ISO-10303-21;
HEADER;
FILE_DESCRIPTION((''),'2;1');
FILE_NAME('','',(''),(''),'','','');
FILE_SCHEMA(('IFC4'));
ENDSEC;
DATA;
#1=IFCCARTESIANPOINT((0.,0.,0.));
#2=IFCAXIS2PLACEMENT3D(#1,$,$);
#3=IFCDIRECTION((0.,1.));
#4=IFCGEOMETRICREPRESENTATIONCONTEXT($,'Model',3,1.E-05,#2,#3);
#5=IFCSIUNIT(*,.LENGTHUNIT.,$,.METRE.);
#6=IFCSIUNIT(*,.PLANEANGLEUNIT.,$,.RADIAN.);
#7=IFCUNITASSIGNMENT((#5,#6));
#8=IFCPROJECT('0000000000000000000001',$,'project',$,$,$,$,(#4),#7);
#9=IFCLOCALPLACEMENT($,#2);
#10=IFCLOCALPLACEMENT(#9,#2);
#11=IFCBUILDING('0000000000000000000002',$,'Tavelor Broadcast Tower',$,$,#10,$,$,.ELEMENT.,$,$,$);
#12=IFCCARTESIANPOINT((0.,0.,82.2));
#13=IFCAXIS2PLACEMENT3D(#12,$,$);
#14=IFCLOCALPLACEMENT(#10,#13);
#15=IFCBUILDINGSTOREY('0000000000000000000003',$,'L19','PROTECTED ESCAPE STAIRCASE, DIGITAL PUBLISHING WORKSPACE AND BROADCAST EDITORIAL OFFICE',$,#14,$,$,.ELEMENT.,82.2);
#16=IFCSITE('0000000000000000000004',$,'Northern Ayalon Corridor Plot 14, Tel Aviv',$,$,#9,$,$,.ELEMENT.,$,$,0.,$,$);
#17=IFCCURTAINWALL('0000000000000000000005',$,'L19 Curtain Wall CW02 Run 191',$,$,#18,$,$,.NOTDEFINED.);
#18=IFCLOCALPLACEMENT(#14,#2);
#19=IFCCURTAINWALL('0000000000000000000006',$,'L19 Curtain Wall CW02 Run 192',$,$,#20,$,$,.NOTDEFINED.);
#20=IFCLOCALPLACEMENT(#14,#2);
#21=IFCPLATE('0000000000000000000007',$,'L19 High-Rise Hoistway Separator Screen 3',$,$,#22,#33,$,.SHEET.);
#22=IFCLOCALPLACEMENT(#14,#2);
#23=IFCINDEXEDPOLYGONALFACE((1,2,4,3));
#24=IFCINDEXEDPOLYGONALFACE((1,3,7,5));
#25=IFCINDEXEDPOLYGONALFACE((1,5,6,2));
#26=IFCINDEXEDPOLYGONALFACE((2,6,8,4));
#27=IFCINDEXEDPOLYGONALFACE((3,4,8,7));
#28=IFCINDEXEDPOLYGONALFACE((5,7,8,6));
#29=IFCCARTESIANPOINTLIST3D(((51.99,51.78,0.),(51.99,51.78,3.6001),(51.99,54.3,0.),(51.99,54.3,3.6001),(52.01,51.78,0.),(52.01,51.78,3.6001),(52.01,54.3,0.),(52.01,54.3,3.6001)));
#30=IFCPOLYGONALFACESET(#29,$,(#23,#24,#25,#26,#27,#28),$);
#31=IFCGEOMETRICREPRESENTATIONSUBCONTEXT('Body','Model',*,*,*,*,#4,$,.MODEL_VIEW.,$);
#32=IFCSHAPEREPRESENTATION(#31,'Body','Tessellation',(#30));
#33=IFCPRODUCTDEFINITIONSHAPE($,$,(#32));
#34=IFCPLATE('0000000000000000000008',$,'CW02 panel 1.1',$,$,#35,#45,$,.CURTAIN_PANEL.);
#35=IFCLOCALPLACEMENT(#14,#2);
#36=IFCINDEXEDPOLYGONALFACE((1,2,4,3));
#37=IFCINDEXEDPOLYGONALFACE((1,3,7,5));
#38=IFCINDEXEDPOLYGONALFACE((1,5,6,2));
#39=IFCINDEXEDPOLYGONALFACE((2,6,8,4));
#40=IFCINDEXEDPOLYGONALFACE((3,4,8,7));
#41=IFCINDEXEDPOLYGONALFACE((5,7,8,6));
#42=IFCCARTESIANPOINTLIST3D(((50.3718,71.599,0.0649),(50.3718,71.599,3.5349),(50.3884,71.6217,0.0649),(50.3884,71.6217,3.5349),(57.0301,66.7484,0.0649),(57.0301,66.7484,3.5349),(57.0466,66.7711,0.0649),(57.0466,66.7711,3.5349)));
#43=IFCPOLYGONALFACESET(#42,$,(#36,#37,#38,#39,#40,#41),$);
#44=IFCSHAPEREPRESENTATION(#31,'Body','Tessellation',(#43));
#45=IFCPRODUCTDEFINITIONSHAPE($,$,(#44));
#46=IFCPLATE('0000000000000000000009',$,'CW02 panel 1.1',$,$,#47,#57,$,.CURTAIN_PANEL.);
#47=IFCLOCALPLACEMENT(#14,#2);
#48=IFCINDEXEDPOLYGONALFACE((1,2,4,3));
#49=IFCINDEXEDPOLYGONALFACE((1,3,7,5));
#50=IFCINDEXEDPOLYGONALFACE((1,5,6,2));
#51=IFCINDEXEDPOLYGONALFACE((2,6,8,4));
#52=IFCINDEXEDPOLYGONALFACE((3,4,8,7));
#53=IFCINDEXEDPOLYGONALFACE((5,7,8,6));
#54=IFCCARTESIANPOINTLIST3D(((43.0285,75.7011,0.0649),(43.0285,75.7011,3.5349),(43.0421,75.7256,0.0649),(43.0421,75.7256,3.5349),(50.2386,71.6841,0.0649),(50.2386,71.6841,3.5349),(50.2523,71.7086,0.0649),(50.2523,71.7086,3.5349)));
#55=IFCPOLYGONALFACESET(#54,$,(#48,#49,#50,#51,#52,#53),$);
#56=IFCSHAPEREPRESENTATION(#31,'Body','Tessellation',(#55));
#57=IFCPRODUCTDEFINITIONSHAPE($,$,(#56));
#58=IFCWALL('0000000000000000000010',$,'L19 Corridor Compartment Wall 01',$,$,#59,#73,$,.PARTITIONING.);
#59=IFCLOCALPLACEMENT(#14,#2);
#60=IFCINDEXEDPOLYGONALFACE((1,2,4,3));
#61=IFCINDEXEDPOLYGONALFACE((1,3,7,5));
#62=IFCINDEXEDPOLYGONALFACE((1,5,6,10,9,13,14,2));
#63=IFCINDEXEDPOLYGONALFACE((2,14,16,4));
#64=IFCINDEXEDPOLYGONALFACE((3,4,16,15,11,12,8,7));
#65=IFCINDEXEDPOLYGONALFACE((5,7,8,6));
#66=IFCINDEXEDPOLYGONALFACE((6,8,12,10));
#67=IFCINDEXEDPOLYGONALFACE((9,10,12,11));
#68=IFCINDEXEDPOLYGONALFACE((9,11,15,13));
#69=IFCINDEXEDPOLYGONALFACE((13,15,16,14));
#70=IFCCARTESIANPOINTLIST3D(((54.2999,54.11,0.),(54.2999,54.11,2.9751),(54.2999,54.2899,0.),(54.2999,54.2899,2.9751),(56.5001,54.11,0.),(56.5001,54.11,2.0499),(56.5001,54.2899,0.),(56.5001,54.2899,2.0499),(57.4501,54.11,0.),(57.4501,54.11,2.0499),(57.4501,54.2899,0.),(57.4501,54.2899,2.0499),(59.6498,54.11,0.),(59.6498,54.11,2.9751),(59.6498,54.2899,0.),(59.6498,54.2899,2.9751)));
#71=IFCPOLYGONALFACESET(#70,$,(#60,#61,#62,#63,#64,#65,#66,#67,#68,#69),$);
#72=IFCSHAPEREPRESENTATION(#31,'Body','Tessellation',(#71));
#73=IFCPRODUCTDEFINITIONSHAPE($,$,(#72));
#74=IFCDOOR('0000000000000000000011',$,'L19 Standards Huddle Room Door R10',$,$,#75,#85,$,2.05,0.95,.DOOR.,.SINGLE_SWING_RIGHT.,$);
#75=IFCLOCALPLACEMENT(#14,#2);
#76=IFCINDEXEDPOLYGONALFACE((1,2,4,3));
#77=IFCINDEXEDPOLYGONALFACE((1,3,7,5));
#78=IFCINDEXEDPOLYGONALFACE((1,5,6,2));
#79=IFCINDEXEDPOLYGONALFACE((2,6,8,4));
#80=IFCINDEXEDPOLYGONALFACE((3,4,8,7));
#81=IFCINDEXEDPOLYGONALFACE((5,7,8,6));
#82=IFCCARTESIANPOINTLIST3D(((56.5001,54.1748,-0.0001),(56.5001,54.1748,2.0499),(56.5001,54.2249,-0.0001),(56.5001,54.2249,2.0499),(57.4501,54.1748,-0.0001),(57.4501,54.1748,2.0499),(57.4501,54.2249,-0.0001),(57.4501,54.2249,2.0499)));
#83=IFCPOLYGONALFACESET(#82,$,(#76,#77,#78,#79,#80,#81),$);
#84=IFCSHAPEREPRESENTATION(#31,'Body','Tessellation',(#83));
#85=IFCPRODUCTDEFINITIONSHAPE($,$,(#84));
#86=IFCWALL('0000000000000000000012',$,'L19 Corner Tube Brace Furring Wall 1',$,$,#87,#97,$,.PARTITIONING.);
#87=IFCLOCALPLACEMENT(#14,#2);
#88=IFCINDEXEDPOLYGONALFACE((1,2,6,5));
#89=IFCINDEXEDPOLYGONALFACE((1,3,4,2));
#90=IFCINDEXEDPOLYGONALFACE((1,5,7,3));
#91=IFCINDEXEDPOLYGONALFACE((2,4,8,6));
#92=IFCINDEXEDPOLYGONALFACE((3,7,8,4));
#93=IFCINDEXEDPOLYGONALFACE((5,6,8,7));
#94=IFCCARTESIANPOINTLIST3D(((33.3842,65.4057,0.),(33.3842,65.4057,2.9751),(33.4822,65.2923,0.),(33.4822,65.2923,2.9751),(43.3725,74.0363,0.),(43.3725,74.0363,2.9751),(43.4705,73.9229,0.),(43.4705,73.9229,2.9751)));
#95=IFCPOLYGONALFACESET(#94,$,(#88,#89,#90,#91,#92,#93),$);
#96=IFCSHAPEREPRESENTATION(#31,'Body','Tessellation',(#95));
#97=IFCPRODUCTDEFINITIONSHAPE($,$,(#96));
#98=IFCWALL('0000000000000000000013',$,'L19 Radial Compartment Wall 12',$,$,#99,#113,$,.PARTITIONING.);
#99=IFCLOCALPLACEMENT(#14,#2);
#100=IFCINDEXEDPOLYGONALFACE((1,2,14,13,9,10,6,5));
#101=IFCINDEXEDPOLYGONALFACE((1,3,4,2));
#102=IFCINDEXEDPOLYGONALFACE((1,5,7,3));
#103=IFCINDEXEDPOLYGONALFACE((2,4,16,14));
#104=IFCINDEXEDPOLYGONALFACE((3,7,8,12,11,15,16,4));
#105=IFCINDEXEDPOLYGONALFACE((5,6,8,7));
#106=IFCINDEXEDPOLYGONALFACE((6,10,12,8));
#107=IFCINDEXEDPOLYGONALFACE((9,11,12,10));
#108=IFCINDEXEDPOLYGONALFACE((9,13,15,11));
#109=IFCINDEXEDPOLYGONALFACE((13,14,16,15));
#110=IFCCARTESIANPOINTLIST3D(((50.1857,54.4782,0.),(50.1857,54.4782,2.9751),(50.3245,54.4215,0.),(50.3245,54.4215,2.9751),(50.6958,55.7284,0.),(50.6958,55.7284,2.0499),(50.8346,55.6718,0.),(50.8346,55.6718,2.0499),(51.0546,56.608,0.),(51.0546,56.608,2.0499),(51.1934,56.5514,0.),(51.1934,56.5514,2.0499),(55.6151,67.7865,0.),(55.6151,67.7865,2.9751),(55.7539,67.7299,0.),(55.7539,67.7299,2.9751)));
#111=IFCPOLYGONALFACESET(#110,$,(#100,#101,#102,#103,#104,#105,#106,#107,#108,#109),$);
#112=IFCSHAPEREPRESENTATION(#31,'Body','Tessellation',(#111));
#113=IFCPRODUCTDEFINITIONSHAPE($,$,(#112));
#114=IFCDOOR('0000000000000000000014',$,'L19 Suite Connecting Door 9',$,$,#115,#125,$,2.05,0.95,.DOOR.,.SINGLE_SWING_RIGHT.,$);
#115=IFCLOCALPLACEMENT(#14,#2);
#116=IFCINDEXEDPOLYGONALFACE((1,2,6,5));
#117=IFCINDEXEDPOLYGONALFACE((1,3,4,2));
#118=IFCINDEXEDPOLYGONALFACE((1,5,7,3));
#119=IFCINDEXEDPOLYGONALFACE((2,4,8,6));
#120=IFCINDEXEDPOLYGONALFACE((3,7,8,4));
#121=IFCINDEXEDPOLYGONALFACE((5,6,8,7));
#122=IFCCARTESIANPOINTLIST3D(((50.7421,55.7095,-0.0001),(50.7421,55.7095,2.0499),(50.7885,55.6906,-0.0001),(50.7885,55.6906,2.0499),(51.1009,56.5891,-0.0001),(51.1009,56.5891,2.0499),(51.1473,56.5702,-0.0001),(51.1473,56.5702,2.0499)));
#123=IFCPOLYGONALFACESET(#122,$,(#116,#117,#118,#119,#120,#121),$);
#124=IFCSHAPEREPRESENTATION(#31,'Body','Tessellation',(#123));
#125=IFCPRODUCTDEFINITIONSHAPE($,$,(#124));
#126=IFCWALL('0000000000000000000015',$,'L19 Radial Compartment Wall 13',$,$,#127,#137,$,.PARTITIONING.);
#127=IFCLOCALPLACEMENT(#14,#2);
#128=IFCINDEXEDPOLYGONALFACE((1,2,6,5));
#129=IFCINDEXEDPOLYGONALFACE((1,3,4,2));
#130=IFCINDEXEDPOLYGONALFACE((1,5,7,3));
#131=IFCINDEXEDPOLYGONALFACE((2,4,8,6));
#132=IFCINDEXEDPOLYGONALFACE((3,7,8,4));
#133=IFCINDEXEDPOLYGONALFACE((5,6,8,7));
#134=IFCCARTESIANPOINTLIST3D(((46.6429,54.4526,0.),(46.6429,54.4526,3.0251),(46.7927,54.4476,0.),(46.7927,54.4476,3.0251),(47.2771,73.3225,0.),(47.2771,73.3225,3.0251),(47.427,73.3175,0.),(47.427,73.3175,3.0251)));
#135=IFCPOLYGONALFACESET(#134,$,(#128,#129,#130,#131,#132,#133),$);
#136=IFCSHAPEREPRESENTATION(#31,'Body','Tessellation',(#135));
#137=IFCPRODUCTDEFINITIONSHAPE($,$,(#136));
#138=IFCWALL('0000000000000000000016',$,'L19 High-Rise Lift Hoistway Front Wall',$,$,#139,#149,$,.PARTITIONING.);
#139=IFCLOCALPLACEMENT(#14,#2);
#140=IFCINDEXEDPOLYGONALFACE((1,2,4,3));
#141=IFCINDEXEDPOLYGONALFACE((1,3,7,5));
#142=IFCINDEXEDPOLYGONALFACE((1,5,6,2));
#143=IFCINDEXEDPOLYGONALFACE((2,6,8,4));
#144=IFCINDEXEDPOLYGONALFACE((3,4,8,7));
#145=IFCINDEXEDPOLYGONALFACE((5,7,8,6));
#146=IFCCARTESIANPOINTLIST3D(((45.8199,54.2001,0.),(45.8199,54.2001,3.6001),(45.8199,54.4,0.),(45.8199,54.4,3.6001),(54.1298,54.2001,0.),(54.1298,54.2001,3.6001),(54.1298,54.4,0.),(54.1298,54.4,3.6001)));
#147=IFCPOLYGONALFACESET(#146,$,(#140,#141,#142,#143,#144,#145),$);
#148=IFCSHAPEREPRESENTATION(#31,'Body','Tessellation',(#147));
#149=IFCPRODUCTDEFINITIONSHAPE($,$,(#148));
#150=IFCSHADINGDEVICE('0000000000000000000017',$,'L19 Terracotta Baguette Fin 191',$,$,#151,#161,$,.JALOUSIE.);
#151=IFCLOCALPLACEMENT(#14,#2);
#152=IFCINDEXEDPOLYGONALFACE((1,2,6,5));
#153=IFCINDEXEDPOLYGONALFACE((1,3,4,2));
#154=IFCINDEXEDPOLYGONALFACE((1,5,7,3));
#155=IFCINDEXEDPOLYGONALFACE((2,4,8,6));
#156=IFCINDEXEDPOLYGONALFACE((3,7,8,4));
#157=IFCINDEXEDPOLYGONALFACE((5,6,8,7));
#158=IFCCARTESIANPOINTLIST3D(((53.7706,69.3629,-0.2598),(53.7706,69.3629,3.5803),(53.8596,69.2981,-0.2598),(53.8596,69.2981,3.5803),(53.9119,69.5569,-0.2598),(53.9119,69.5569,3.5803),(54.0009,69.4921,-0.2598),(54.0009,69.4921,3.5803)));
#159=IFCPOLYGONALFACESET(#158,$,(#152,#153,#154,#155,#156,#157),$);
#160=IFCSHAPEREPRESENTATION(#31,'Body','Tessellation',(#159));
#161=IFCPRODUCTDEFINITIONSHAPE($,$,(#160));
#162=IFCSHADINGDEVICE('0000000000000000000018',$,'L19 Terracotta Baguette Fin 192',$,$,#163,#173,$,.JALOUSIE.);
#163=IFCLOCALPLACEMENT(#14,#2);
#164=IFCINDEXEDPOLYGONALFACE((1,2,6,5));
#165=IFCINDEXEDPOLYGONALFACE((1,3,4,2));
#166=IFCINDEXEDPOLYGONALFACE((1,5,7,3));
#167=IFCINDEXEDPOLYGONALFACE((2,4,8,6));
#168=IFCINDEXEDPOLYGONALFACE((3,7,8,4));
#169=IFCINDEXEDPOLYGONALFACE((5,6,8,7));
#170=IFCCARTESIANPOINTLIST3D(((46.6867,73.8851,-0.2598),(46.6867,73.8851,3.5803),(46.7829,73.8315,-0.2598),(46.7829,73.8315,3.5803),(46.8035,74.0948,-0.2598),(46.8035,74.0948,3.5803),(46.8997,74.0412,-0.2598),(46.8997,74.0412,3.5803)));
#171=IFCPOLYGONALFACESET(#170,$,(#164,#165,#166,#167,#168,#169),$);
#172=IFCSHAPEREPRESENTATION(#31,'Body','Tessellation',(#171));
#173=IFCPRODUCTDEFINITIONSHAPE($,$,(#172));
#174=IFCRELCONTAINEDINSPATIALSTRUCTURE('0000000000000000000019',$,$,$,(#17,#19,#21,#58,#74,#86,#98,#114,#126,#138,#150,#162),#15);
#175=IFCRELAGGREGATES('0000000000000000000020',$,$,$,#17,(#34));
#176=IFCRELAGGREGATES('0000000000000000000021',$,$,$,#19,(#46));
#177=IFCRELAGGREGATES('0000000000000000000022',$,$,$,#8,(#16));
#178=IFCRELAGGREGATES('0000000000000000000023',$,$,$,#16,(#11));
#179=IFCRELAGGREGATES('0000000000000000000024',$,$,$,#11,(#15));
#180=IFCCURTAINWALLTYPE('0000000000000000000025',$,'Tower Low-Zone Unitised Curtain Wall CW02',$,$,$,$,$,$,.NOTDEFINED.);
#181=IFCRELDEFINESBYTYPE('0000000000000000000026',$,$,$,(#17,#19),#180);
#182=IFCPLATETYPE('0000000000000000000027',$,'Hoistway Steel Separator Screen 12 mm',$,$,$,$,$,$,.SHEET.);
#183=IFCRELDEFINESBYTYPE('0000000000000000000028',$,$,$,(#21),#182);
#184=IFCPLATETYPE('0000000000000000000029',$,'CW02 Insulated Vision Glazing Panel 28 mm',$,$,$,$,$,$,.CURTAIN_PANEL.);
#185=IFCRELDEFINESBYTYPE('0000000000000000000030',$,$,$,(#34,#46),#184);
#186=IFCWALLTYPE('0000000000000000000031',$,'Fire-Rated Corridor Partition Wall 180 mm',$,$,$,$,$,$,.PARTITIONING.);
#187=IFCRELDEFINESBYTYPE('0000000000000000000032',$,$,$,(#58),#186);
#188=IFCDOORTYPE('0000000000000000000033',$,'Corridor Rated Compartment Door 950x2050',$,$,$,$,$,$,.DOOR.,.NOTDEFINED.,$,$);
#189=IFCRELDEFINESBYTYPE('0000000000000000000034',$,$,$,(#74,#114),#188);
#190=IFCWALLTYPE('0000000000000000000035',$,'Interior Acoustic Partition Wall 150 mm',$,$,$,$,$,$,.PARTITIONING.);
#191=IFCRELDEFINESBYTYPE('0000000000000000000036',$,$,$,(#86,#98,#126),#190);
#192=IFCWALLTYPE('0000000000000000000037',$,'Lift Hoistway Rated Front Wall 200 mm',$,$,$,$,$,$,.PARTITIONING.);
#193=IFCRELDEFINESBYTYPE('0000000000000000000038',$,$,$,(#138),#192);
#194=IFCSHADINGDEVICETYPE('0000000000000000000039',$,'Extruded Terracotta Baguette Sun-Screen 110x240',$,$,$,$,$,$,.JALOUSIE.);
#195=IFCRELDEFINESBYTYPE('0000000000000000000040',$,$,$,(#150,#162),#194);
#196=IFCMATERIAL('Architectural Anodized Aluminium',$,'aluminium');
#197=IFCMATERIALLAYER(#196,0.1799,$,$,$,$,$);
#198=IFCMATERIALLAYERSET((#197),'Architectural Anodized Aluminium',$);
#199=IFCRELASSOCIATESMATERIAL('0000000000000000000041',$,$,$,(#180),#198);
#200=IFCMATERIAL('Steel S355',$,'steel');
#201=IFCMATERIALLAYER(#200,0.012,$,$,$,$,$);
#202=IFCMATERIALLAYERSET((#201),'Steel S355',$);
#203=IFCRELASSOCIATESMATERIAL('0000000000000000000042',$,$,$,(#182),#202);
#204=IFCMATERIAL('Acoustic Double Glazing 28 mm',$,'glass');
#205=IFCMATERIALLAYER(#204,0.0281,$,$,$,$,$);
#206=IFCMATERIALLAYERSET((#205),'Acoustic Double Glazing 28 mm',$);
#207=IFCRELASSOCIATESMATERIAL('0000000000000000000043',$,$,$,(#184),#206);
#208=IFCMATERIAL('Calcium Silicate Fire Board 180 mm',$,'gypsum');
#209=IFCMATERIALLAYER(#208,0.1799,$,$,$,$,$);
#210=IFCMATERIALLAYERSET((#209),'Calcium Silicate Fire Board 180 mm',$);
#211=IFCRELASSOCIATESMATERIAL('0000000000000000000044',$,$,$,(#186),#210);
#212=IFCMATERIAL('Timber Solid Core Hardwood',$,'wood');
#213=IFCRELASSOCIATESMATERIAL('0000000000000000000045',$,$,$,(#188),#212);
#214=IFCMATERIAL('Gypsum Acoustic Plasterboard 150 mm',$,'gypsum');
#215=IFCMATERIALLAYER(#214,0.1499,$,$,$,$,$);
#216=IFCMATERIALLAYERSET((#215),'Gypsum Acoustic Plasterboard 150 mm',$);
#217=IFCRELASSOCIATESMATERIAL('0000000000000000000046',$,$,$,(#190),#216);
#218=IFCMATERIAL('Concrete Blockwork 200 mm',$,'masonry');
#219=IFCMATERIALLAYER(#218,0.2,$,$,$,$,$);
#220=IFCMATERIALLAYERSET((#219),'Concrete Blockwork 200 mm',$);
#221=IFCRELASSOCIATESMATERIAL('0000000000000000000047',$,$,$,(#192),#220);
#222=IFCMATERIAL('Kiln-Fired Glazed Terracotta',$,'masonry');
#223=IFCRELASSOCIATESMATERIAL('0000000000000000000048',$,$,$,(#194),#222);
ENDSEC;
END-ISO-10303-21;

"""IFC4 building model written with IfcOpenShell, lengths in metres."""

from ifc_helpers import new_model, si_unit, direction, frame, frame_2d, origin, origin_2d, place, context, subcontext, project, spatial, rectangle, extrude, source, transform, mapped, material, layer, layer_set, type_object, type_shapes, element, fill, aggregate, save


model = new_model("IFC4")

# Units and contexts
model_context = context("Model", 3, precision=1e-05, world=origin(), true_north=direction((0.0, 1.0)))
body_context = subcontext(model_context, "Body", "Model", "MODEL_VIEW")
ifc_project = project(units=[si_unit("LENGTHUNIT", "METRE"), si_unit("PLANEANGLEUNIT", "RADIAN")], contexts=[model_context])

# Site, building, storey
site_placement = place(None, origin())
site = spatial("IfcSite", under=ifc_project, at=site_placement, Name="Northern Ayalon Corridor Plot 14, Tel Aviv", CompositionType="ELEMENT", RefElevation=0.0)
building_placement = place(site_placement, origin())
building = spatial("IfcBuilding", under=site, at=building_placement, Name="Tavelor Broadcast Tower", CompositionType="ELEMENT")
storey_placement = place(building_placement, frame((0.0, 0.0, 82.2)))
storey = spatial("IfcBuildingStorey", under=building, at=storey_placement, Name="L19", Description="PROTECTED ESCAPE STAIRCASE, DIGITAL PUBLISHING WORKSPACE AND BROADCAST EDITORIAL OFFICE", CompositionType="ELEMENT", Elevation=82.2)

# Shared definitions
ifc_material_1 = material(Name="Steel S355", Category="steel")

# Curtain wall
ifc_material_2 = material(Name="Architectural Anodized Aluminium", Category="aluminium")
ifc_layer_1 = layer(ifc_material_2, 0.1799)
ifc_layer_set_1 = layer_set([ifc_layer_1], Name="Architectural Anodized Aluminium")
curtain_wall_type = type_object("IfcCurtainWallType", Name="Tower Low-Zone Unitised Curtain Wall CW02", PredefinedType="NOTDEFINED", material=ifc_layer_set_1)
curtain_wall_1_placement = place(storey_placement, origin())
curtain_wall_1 = element("IfcCurtainWall", 1, at=curtain_wall_1_placement, inside=storey, type_object=curtain_wall_type, Name="L19 Curtain Wall CW02 Run 191", PredefinedType="NOTDEFINED")

# Curtain wall
curtain_wall_2_placement = place(storey_placement, origin())
curtain_wall_2 = element("IfcCurtainWall", 2, at=curtain_wall_2_placement, inside=storey, type_object=curtain_wall_type, Name="L19 Curtain Wall CW02 Run 192", PredefinedType="NOTDEFINED")

# Plate
ifc_layer_2 = layer(ifc_material_1, 0.012)
ifc_layer_set_2 = layer_set([ifc_layer_2], Name="Steel S355")
plate_type_1 = type_object("IfcPlateType", Name="Hoistway Steel Separator Screen 12 mm", PredefinedType="SHEET", material=ifc_layer_set_2)
shared_shape_1 = source(origin(), body_context, "Body", "SweptSolid", [
    extrude(rectangle(XDim=0.02, YDim=2.52, at=origin_2d()), origin(), (0.0, 0.0, 1.0), 3.6001),
])
type_shapes(plate_type_1, [shared_shape_1])
for number, where, z_axis, x_axis, name in (
    (3, (52.0, 53.04, 0.0), (0.0, 0.0, 1.0), (1.0, 0.0, 0.0), "L19 High-Rise Hoistway Separator Screen 3"),
):
    element("IfcPlate", number, at=place(storey_placement, frame(where, z_axis=z_axis, x_axis=x_axis)), inside=storey, type_object=plate_type_1, Name=name, PredefinedType="SHEET", context=body_context, shape_type="MappedRepresentation", body=[
        mapped(shared_shape_1, transform((0.0, 0.0, 0.0), scale=1.0)),
    ])

# Plates
ifc_material_3 = material(Name="Acoustic Double Glazing 28 mm", Category="glass")
ifc_layer_3 = layer(ifc_material_3, 0.0281)
ifc_layer_set_3 = layer_set([ifc_layer_3], Name="Acoustic Double Glazing 28 mm")
plate_type_2 = type_object("IfcPlateType", Name="CW02 Insulated Vision Glazing Panel 28 mm", PredefinedType="CURTAIN_PANEL", material=ifc_layer_set_3)
shared_shape_2 = source(origin(), body_context, "Body", "SweptSolid", [
    extrude(rectangle(XDim=8.2378, YDim=0.0281, at=origin_2d()), origin(), (0.0, 0.0, 1.0), 3.47),
])
plate_1_placement = place(storey_placement, frame((53.7092, 69.1851, 0.0649), z_axis=(0.0, 0.0, 1.0), x_axis=(-0.808256, 0.588831, 0.0)))
plate_1 = element("IfcPlate", 4, at=plate_1_placement, type_object=plate_type_2, Name="CW02 panel 1.1", PredefinedType="CURTAIN_PANEL", context=body_context, shape_type="MappedRepresentation", body=[
    mapped(shared_shape_2, transform((0.0, 0.0, 0.0), scale=1.0)),
])
aggregate(curtain_wall_1, [plate_1])
shared_shape_3 = source(origin(), body_context, "Body", "SweptSolid", [
    extrude(rectangle(XDim=8.2537, YDim=0.0281, at=origin_2d()), origin(), (0.0, 0.0, 1.0), 3.47),
])
type_shapes(plate_type_2, [shared_shape_2, shared_shape_3])
plate_2_placement = place(storey_placement, frame((46.6404, 73.7048, 0.0649), z_axis=(0.0, 0.0, 1.0), x_axis=(-0.873573, 0.486693, 0.0)))
plate_2 = element("IfcPlate", 5, at=plate_2_placement, type_object=plate_type_2, Name="CW02 panel 1.1", PredefinedType="CURTAIN_PANEL", context=body_context, shape_type="MappedRepresentation", body=[
    mapped(shared_shape_3, transform((0.0, 0.0, 0.0), scale=1.0)),
])
aggregate(curtain_wall_2, [plate_2])

# Wall, opening, door
ifc_material_4 = material(Name="Calcium Silicate Fire Board 180 mm", Category="gypsum")
ifc_layer_4 = layer(ifc_material_4, 0.1799)
ifc_layer_set_4 = layer_set([ifc_layer_4], Name="Calcium Silicate Fire Board 180 mm")
wall_type_1 = type_object("IfcWallType", Name="Fire-Rated Corridor Partition Wall 180 mm", PredefinedType="PARTITIONING", material=ifc_layer_set_4)
wall_1_placement = place(storey_placement, frame((54.3, 54.2, 0.0), z_axis=(0.0, 0.0, 1.0), x_axis=(1.0, 0.0, 0.0)))
wall_1 = element("IfcWall", 6, at=wall_1_placement, inside=storey, type_object=wall_type_1, Name="L19 Corridor Compartment Wall 01", PredefinedType="PARTITIONING", context=body_context, shape_type="SweptSolid", body=[
    extrude(rectangle(XDim=5.3499, YDim=0.1799, at=frame_2d((2.6748, 0.0))), origin(), (0.0, 0.0, 1.0), 2.9751),
])
opening_1_placement = place(wall_1_placement, frame((2.2, 0.0, 0.0)))
opening_1 = element("IfcOpeningElement", 7, at=opening_1_placement, cuts=wall_1, PredefinedType="OPENING", context=body_context, shape_type="SweptSolid", body=[
    extrude(rectangle(XDim=0.95, YDim=2.05, at=frame_2d((0.4751, 1.0249))), frame((0.0, 0.1001, 0.0), z_axis=(0.0, -1.0, 0.0), x_axis=(1.0, 0.0, 0.0)), (0.0, 0.0, 1.0), 0.2),
])
ifc_material_5 = material(Name="Timber Solid Core Hardwood", Category="wood")
door_type = type_object("IfcDoorType", Name="Corridor Rated Compartment Door 950x2050", OperationType="NOTDEFINED", PredefinedType="DOOR", material=ifc_material_5)
door_1_placement = place(opening_1_placement, origin())
door_1 = element("IfcDoor", 8, at=door_1_placement, inside=storey, type_object=door_type, Name="L19 Standards Huddle Room Door R10", OperationType="SINGLE_SWING_RIGHT", OverallHeight=2.05, OverallWidth=0.95, PredefinedType="DOOR", context=body_context, shape_type="SweptSolid", body=[
    extrude(rectangle(XDim=0.95, YDim=2.05, at=frame_2d((0.4751, 1.0249))), frame((0.0, 0.0249, 0.0), z_axis=(0.0, -1.0, 0.0), x_axis=(1.0, 0.0, 0.0)), (0.0, 0.0, 1.0), 0.05),
])
fill(opening_1, door_1)

# Wall
ifc_material_6 = material(Name="Gypsum Acoustic Plasterboard 150 mm", Category="gypsum")
ifc_layer_5 = layer(ifc_material_6, 0.1499)
ifc_layer_set_5 = layer_set([ifc_layer_5], Name="Gypsum Acoustic Plasterboard 150 mm")
wall_type_2 = type_object("IfcWallType", Name="Interior Acoustic Partition Wall 150 mm", PredefinedType="PARTITIONING", material=ifc_layer_set_5)
wall_2_placement = place(storey_placement, frame((43.4214, 73.9795, 0.0), z_axis=(0.0, 0.0, 1.0), x_axis=(-0.756659, -0.65381, 0.0)))
element("IfcWall", 9, at=wall_2_placement, inside=storey, type_object=wall_type_2, Name="L19 Corner Tube Brace Furring Wall 1", PredefinedType="PARTITIONING", context=body_context, shape_type="SweptSolid", body=[
    extrude(rectangle(XDim=13.2004, YDim=0.1499, at=frame_2d((6.6001, 0.0))), origin(), (0.0, 0.0, 1.0), 2.9751),
])

# Wall, opening, door
wall_3_placement = place(storey_placement, frame((50.2551, 54.45, 0.0), z_axis=(0.0, 0.0, 1.0), x_axis=(0.377746, 0.925909, 0.0)))
wall_3 = element("IfcWall", 10, at=wall_3_placement, inside=storey, type_object=wall_type_2, Name="L19 Radial Compartment Wall 12", PredefinedType="PARTITIONING", context=body_context, shape_type="SweptSolid", body=[
    extrude(rectangle(XDim=14.3733, YDim=0.1499, at=frame_2d((7.1865, 0.0))), origin(), (0.0, 0.0, 1.0), 2.9751),
])
opening_2_placement = place(wall_3_placement, frame((1.3501, 0.0, 0.0)))
opening_2 = element("IfcOpeningElement", 11, at=opening_2_placement, cuts=wall_3, PredefinedType="OPENING", context=body_context, shape_type="SweptSolid", body=[
    extrude(rectangle(XDim=0.95, YDim=2.05, at=frame_2d((0.4751, 1.0249))), frame((0.0, 0.085, 0.0), z_axis=(0.0, -1.0, 0.0), x_axis=(1.0, 0.0, 0.0)), (0.0, 0.0, 1.0), 0.1699),
])
door_2_placement = place(opening_2_placement, origin())
door_2 = element("IfcDoor", 12, at=door_2_placement, inside=storey, type_object=door_type, Name="L19 Suite Connecting Door 9", OperationType="SINGLE_SWING_RIGHT", OverallHeight=2.05, OverallWidth=0.95, PredefinedType="DOOR", context=body_context, shape_type="SweptSolid", body=[
    extrude(rectangle(XDim=0.95, YDim=2.05, at=frame_2d((0.4751, 1.0249))), frame((0.0, 0.0249, 0.0), z_axis=(0.0, -1.0, 0.0), x_axis=(1.0, 0.0, 0.0)), (0.0, 0.0, 1.0), 0.05),
])
fill(opening_2, door_2)

# Walls
wall_4_placement = place(storey_placement, frame((46.7178, 54.45, 0.0), z_axis=(0.0, 0.0, 1.0), x_axis=(0.033594, 0.999436, 0.0)))
element("IfcWall", 13, at=wall_4_placement, inside=storey, type_object=wall_type_2, Name="L19 Radial Compartment Wall 13", PredefinedType="PARTITIONING", context=body_context, shape_type="SweptSolid", body=[
    extrude(rectangle(XDim=18.8806, YDim=0.1499, at=frame_2d((9.4404, 0.0))), origin(), (0.0, 0.0, 1.0), 3.0251),
])
ifc_material_7 = material(Name="Concrete Blockwork 200 mm", Category="masonry")
ifc_layer_6 = layer(ifc_material_7, 0.2)
ifc_layer_set_6 = layer_set([ifc_layer_6], Name="Concrete Blockwork 200 mm")
wall_type_3 = type_object("IfcWallType", Name="Lift Hoistway Rated Front Wall 200 mm", PredefinedType="PARTITIONING", material=ifc_layer_set_6)
wall_5_placement = place(storey_placement, frame((45.8201, 54.3, 0.0), z_axis=(0.0, 0.0, 1.0), x_axis=(1.0, 0.0, 0.0)))
element("IfcWall", 14, at=wall_5_placement, inside=storey, type_object=wall_type_3, Name="L19 High-Rise Lift Hoistway Front Wall", PredefinedType="PARTITIONING", context=body_context, shape_type="SweptSolid", body=[
    extrude(rectangle(XDim=8.3098, YDim=0.2, at=frame_2d((4.1548, 0.0))), origin(), (0.0, 0.0, 1.0), 3.6001),
])

# Shading devices
ifc_material_8 = material(Name="Kiln-Fired Glazed Terracotta", Category="masonry")
shading_device_type = type_object("IfcShadingDeviceType", Name="Extruded Terracotta Baguette Sun-Screen 110x240", PredefinedType="JALOUSIE", material=ifc_material_8)
shared_shape_4 = source(origin(), body_context, "Body", "SweptSolid", [
    extrude(rectangle(XDim=0.1101, YDim=0.24, at=origin_2d()), origin(), (0.0, 0.0, 1.0), 3.8401),
])
type_shapes(shading_device_type, [shared_shape_4])
for number, where, z_axis, x_axis, name in (
    (15, (53.8857, 69.4275, -0.2598), (0.0, 0.0, 1.0), (-0.808298, 0.588773, 0.0), "L19 Terracotta Baguette Fin 191"),
    (16, (46.7932, 73.9631, -0.2598), (0.0, 0.0, 1.0), (-0.873602, 0.48664, 0.0), "L19 Terracotta Baguette Fin 192"),
):
    element("IfcShadingDevice", number, at=place(storey_placement, frame(where, z_axis=z_axis, x_axis=x_axis)), inside=storey, type_object=shading_device_type, Name=name, PredefinedType="JALOUSIE", context=body_context, shape_type="MappedRepresentation", body=[
        mapped(shared_shape_4, transform((0.0, 0.0, 0.0), scale=1.0)),
    ])

save(model, "model.ifc")
